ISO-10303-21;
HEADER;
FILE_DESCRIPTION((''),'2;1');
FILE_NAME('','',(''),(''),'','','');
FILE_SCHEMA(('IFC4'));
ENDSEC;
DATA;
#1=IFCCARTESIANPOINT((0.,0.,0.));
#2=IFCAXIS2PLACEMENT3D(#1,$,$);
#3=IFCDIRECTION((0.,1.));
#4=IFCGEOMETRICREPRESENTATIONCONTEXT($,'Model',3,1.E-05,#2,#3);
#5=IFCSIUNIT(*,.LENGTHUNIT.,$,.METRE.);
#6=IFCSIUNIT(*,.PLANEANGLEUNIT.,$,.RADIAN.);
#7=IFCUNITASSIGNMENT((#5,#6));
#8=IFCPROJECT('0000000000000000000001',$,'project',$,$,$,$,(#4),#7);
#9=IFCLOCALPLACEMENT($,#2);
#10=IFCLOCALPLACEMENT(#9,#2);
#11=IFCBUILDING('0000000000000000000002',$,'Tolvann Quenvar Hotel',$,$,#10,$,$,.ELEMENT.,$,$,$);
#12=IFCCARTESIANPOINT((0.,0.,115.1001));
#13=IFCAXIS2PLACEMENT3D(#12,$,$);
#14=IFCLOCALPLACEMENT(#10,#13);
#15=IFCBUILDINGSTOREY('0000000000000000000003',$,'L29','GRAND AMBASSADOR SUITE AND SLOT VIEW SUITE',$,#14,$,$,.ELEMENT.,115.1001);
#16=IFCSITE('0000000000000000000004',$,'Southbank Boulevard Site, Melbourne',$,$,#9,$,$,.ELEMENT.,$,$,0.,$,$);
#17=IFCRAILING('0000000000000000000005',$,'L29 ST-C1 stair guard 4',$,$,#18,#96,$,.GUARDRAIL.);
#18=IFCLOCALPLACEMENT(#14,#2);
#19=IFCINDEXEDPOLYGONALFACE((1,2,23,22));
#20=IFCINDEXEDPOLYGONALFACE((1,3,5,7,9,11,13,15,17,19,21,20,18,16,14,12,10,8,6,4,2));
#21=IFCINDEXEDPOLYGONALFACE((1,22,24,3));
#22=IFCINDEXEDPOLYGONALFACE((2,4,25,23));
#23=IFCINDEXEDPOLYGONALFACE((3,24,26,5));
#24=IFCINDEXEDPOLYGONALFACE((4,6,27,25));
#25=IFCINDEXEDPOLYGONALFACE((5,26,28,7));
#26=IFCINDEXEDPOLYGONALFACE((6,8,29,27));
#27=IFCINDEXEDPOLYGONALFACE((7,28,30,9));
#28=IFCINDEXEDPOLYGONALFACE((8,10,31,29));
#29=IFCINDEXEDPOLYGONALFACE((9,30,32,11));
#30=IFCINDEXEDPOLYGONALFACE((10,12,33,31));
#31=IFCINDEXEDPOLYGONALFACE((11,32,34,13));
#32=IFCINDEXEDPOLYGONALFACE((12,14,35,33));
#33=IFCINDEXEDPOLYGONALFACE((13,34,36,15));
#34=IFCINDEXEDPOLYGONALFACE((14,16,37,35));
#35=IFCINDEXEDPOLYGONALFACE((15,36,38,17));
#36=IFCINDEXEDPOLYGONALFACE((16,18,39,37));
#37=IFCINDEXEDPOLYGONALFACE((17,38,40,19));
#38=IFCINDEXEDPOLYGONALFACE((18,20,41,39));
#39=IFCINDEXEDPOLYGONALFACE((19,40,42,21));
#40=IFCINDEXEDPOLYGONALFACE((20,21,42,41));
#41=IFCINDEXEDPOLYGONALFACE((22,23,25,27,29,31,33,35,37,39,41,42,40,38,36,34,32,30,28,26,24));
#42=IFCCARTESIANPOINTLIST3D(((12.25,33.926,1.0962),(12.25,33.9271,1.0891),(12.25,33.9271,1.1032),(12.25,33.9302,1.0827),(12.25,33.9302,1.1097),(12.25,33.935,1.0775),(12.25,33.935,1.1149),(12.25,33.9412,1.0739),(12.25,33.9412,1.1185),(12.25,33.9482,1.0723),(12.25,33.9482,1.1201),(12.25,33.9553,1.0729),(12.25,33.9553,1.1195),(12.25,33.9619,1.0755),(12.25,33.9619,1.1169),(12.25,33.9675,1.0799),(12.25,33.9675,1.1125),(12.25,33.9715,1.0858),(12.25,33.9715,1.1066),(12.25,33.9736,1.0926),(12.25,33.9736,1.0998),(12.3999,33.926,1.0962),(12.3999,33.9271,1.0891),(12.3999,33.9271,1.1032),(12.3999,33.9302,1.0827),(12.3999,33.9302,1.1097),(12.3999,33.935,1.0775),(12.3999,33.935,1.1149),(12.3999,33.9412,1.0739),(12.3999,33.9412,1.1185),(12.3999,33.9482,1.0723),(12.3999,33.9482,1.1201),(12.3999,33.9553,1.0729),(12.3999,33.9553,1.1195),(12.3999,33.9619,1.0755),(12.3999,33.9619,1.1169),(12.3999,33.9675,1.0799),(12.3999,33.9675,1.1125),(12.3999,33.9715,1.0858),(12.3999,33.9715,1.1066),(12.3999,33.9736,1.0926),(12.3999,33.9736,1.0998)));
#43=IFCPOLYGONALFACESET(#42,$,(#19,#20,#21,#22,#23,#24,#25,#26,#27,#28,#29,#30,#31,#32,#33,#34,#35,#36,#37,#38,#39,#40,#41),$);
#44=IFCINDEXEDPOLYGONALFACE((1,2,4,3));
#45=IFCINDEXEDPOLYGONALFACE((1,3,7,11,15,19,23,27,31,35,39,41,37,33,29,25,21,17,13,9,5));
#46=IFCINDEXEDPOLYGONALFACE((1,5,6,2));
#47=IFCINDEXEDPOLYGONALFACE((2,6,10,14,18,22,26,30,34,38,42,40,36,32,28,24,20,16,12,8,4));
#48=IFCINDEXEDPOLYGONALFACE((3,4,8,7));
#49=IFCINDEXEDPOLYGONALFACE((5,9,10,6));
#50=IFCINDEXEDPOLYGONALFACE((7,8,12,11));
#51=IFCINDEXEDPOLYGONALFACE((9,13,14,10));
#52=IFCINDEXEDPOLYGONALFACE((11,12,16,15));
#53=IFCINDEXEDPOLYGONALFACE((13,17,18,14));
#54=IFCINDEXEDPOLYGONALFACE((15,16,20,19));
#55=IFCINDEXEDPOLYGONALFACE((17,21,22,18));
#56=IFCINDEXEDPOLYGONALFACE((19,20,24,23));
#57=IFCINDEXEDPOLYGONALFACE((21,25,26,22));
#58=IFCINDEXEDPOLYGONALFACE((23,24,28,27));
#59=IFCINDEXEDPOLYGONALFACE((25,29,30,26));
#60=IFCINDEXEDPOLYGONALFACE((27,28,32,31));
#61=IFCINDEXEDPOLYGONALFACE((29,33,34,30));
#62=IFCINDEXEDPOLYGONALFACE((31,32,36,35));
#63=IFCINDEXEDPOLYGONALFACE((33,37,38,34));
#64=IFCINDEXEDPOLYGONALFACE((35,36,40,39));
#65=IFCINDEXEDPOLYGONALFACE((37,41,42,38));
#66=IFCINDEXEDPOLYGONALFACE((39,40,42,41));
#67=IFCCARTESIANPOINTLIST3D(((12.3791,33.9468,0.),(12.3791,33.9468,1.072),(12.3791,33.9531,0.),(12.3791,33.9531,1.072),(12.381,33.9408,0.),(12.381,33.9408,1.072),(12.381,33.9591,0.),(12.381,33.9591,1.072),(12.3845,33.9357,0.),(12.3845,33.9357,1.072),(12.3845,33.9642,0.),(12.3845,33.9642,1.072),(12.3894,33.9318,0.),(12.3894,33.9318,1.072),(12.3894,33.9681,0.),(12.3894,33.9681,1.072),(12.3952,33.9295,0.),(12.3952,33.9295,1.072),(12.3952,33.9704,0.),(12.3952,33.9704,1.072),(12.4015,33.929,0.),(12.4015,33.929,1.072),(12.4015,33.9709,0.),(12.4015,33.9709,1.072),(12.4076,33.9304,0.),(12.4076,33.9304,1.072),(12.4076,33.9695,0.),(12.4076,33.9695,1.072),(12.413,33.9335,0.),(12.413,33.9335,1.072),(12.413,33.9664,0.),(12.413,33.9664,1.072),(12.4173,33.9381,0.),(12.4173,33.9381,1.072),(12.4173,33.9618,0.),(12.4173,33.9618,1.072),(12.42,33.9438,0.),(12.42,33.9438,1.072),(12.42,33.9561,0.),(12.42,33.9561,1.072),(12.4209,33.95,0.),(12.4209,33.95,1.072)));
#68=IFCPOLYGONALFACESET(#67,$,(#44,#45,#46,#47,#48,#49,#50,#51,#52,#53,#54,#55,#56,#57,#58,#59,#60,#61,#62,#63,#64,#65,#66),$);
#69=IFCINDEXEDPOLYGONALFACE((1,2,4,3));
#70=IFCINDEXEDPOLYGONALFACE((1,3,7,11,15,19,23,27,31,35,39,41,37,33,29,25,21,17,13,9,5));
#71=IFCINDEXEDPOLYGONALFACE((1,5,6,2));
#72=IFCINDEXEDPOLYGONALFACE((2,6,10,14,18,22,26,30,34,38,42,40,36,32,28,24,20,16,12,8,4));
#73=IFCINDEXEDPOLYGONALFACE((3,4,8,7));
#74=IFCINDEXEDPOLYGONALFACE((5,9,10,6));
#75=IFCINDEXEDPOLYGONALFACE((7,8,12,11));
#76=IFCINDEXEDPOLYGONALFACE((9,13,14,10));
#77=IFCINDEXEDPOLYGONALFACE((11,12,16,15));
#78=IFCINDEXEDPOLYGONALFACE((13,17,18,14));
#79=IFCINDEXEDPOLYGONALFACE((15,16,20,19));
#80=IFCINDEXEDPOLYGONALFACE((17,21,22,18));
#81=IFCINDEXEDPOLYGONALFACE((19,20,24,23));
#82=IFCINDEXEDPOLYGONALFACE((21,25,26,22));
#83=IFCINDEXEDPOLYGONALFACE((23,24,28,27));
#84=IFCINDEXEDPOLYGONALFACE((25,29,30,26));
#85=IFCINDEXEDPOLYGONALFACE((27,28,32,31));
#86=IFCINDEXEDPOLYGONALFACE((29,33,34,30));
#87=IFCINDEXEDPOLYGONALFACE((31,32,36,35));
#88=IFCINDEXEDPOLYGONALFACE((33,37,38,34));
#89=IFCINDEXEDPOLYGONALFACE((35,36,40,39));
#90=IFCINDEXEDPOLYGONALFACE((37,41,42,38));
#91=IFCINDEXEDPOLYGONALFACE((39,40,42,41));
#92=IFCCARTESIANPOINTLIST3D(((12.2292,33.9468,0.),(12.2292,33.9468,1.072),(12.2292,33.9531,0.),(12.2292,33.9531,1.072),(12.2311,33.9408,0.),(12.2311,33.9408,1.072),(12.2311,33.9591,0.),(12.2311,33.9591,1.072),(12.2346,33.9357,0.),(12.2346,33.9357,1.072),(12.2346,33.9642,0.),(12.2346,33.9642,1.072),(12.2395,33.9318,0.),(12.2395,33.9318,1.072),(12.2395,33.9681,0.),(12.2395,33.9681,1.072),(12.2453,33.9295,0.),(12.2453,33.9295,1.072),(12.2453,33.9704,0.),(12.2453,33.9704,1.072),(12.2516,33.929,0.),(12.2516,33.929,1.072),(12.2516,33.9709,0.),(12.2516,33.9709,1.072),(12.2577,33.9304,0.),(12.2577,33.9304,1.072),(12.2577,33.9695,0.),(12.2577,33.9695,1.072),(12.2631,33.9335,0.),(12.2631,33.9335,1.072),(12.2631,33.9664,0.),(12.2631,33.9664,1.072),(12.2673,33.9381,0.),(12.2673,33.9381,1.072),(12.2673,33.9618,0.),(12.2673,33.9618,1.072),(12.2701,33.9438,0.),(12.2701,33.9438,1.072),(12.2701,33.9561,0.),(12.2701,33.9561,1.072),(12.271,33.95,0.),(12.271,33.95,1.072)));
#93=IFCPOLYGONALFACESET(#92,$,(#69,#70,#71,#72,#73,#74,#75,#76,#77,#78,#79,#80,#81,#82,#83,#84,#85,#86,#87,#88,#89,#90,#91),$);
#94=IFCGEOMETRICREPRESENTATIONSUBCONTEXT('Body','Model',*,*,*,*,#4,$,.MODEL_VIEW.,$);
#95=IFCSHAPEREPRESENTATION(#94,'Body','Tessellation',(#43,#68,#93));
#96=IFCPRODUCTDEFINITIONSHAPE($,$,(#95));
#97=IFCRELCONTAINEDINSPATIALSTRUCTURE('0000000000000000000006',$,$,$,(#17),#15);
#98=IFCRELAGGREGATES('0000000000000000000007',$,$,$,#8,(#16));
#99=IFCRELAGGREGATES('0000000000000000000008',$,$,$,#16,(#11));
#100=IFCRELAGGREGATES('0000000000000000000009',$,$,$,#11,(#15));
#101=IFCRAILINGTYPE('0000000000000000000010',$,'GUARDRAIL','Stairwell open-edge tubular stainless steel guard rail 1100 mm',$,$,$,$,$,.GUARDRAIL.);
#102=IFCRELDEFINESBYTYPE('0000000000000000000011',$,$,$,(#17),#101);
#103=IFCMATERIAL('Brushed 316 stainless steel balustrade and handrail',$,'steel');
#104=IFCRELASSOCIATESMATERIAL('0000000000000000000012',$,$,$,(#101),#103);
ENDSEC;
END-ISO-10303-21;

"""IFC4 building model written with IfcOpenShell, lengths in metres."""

from ifc_helpers import new_model, si_unit, direction, frame, origin, origin_2d, place, context, subcontext, project, spatial, circle, extrude, material, type_object, element, save


model = new_model("IFC4")

# Units and contexts
model_context = context("Model", 3, precision=1e-05, world=origin(), true_north=direction((0.0, 1.0)))
body_context = subcontext(model_context, "Body", "Model", "MODEL_VIEW")
ifc_project = project(units=[si_unit("LENGTHUNIT", "METRE"), si_unit("PLANEANGLEUNIT", "RADIAN")], contexts=[model_context])

# Site, building, storey
site_placement = place(None, origin())
site = spatial("IfcSite", under=ifc_project, at=site_placement, Name="Southbank Boulevard Site, Melbourne", CompositionType="ELEMENT", RefElevation=0.0)
building_placement = place(site_placement, origin())
building = spatial("IfcBuilding", under=site, at=building_placement, Name="Tolvann Quenvar Hotel", CompositionType="ELEMENT")
storey_placement = place(building_placement, frame((0.0, 0.0, 115.1001)))
storey = spatial("IfcBuildingStorey", under=building, at=storey_placement, Name="L29", Description="GRAND AMBASSADOR SUITE AND SLOT VIEW SUITE", CompositionType="ELEMENT", Elevation=115.1001)

# Railing
ifc_material_1 = material(Name="Brushed 316 stainless steel balustrade and handrail", Category="steel")
railing_type_1 = type_object("IfcRailingType", Name="GUARDRAIL", Description="Stairwell open-edge tubular stainless steel guard rail 1100 mm", PredefinedType="GUARDRAIL", material=ifc_material_1)
railing_1_placement = place(storey_placement, frame((12.3999, 33.95, 0.0)))
element("IfcRailing", 1, at=railing_1_placement, inside=storey, type_object=railing_type_1, Name="L29 ST-C1 stair guard 4", PredefinedType="GUARDRAIL", context=body_context, shape_type="SweptSolid", body=[
    extrude(circle(Radius=0.0239, at=origin_2d()), frame((0.0, 0.0, 1.0962), z_axis=(-1.0, 0.0, 0.0), x_axis=(0.0, -1.0, 0.0)), (0.0, 0.0, 1.0), 0.1499),
    extrude(circle(Radius=0.021, at=origin_2d()), origin(), (0.0, 0.0, 1.0), 1.072),
    extrude(circle(Radius=0.021, at=origin_2d()), frame((-0.1499, 0.0, 0.0)), (0.0, 0.0, 1.0), 1.072),
])

save(model, "model.ifc")
